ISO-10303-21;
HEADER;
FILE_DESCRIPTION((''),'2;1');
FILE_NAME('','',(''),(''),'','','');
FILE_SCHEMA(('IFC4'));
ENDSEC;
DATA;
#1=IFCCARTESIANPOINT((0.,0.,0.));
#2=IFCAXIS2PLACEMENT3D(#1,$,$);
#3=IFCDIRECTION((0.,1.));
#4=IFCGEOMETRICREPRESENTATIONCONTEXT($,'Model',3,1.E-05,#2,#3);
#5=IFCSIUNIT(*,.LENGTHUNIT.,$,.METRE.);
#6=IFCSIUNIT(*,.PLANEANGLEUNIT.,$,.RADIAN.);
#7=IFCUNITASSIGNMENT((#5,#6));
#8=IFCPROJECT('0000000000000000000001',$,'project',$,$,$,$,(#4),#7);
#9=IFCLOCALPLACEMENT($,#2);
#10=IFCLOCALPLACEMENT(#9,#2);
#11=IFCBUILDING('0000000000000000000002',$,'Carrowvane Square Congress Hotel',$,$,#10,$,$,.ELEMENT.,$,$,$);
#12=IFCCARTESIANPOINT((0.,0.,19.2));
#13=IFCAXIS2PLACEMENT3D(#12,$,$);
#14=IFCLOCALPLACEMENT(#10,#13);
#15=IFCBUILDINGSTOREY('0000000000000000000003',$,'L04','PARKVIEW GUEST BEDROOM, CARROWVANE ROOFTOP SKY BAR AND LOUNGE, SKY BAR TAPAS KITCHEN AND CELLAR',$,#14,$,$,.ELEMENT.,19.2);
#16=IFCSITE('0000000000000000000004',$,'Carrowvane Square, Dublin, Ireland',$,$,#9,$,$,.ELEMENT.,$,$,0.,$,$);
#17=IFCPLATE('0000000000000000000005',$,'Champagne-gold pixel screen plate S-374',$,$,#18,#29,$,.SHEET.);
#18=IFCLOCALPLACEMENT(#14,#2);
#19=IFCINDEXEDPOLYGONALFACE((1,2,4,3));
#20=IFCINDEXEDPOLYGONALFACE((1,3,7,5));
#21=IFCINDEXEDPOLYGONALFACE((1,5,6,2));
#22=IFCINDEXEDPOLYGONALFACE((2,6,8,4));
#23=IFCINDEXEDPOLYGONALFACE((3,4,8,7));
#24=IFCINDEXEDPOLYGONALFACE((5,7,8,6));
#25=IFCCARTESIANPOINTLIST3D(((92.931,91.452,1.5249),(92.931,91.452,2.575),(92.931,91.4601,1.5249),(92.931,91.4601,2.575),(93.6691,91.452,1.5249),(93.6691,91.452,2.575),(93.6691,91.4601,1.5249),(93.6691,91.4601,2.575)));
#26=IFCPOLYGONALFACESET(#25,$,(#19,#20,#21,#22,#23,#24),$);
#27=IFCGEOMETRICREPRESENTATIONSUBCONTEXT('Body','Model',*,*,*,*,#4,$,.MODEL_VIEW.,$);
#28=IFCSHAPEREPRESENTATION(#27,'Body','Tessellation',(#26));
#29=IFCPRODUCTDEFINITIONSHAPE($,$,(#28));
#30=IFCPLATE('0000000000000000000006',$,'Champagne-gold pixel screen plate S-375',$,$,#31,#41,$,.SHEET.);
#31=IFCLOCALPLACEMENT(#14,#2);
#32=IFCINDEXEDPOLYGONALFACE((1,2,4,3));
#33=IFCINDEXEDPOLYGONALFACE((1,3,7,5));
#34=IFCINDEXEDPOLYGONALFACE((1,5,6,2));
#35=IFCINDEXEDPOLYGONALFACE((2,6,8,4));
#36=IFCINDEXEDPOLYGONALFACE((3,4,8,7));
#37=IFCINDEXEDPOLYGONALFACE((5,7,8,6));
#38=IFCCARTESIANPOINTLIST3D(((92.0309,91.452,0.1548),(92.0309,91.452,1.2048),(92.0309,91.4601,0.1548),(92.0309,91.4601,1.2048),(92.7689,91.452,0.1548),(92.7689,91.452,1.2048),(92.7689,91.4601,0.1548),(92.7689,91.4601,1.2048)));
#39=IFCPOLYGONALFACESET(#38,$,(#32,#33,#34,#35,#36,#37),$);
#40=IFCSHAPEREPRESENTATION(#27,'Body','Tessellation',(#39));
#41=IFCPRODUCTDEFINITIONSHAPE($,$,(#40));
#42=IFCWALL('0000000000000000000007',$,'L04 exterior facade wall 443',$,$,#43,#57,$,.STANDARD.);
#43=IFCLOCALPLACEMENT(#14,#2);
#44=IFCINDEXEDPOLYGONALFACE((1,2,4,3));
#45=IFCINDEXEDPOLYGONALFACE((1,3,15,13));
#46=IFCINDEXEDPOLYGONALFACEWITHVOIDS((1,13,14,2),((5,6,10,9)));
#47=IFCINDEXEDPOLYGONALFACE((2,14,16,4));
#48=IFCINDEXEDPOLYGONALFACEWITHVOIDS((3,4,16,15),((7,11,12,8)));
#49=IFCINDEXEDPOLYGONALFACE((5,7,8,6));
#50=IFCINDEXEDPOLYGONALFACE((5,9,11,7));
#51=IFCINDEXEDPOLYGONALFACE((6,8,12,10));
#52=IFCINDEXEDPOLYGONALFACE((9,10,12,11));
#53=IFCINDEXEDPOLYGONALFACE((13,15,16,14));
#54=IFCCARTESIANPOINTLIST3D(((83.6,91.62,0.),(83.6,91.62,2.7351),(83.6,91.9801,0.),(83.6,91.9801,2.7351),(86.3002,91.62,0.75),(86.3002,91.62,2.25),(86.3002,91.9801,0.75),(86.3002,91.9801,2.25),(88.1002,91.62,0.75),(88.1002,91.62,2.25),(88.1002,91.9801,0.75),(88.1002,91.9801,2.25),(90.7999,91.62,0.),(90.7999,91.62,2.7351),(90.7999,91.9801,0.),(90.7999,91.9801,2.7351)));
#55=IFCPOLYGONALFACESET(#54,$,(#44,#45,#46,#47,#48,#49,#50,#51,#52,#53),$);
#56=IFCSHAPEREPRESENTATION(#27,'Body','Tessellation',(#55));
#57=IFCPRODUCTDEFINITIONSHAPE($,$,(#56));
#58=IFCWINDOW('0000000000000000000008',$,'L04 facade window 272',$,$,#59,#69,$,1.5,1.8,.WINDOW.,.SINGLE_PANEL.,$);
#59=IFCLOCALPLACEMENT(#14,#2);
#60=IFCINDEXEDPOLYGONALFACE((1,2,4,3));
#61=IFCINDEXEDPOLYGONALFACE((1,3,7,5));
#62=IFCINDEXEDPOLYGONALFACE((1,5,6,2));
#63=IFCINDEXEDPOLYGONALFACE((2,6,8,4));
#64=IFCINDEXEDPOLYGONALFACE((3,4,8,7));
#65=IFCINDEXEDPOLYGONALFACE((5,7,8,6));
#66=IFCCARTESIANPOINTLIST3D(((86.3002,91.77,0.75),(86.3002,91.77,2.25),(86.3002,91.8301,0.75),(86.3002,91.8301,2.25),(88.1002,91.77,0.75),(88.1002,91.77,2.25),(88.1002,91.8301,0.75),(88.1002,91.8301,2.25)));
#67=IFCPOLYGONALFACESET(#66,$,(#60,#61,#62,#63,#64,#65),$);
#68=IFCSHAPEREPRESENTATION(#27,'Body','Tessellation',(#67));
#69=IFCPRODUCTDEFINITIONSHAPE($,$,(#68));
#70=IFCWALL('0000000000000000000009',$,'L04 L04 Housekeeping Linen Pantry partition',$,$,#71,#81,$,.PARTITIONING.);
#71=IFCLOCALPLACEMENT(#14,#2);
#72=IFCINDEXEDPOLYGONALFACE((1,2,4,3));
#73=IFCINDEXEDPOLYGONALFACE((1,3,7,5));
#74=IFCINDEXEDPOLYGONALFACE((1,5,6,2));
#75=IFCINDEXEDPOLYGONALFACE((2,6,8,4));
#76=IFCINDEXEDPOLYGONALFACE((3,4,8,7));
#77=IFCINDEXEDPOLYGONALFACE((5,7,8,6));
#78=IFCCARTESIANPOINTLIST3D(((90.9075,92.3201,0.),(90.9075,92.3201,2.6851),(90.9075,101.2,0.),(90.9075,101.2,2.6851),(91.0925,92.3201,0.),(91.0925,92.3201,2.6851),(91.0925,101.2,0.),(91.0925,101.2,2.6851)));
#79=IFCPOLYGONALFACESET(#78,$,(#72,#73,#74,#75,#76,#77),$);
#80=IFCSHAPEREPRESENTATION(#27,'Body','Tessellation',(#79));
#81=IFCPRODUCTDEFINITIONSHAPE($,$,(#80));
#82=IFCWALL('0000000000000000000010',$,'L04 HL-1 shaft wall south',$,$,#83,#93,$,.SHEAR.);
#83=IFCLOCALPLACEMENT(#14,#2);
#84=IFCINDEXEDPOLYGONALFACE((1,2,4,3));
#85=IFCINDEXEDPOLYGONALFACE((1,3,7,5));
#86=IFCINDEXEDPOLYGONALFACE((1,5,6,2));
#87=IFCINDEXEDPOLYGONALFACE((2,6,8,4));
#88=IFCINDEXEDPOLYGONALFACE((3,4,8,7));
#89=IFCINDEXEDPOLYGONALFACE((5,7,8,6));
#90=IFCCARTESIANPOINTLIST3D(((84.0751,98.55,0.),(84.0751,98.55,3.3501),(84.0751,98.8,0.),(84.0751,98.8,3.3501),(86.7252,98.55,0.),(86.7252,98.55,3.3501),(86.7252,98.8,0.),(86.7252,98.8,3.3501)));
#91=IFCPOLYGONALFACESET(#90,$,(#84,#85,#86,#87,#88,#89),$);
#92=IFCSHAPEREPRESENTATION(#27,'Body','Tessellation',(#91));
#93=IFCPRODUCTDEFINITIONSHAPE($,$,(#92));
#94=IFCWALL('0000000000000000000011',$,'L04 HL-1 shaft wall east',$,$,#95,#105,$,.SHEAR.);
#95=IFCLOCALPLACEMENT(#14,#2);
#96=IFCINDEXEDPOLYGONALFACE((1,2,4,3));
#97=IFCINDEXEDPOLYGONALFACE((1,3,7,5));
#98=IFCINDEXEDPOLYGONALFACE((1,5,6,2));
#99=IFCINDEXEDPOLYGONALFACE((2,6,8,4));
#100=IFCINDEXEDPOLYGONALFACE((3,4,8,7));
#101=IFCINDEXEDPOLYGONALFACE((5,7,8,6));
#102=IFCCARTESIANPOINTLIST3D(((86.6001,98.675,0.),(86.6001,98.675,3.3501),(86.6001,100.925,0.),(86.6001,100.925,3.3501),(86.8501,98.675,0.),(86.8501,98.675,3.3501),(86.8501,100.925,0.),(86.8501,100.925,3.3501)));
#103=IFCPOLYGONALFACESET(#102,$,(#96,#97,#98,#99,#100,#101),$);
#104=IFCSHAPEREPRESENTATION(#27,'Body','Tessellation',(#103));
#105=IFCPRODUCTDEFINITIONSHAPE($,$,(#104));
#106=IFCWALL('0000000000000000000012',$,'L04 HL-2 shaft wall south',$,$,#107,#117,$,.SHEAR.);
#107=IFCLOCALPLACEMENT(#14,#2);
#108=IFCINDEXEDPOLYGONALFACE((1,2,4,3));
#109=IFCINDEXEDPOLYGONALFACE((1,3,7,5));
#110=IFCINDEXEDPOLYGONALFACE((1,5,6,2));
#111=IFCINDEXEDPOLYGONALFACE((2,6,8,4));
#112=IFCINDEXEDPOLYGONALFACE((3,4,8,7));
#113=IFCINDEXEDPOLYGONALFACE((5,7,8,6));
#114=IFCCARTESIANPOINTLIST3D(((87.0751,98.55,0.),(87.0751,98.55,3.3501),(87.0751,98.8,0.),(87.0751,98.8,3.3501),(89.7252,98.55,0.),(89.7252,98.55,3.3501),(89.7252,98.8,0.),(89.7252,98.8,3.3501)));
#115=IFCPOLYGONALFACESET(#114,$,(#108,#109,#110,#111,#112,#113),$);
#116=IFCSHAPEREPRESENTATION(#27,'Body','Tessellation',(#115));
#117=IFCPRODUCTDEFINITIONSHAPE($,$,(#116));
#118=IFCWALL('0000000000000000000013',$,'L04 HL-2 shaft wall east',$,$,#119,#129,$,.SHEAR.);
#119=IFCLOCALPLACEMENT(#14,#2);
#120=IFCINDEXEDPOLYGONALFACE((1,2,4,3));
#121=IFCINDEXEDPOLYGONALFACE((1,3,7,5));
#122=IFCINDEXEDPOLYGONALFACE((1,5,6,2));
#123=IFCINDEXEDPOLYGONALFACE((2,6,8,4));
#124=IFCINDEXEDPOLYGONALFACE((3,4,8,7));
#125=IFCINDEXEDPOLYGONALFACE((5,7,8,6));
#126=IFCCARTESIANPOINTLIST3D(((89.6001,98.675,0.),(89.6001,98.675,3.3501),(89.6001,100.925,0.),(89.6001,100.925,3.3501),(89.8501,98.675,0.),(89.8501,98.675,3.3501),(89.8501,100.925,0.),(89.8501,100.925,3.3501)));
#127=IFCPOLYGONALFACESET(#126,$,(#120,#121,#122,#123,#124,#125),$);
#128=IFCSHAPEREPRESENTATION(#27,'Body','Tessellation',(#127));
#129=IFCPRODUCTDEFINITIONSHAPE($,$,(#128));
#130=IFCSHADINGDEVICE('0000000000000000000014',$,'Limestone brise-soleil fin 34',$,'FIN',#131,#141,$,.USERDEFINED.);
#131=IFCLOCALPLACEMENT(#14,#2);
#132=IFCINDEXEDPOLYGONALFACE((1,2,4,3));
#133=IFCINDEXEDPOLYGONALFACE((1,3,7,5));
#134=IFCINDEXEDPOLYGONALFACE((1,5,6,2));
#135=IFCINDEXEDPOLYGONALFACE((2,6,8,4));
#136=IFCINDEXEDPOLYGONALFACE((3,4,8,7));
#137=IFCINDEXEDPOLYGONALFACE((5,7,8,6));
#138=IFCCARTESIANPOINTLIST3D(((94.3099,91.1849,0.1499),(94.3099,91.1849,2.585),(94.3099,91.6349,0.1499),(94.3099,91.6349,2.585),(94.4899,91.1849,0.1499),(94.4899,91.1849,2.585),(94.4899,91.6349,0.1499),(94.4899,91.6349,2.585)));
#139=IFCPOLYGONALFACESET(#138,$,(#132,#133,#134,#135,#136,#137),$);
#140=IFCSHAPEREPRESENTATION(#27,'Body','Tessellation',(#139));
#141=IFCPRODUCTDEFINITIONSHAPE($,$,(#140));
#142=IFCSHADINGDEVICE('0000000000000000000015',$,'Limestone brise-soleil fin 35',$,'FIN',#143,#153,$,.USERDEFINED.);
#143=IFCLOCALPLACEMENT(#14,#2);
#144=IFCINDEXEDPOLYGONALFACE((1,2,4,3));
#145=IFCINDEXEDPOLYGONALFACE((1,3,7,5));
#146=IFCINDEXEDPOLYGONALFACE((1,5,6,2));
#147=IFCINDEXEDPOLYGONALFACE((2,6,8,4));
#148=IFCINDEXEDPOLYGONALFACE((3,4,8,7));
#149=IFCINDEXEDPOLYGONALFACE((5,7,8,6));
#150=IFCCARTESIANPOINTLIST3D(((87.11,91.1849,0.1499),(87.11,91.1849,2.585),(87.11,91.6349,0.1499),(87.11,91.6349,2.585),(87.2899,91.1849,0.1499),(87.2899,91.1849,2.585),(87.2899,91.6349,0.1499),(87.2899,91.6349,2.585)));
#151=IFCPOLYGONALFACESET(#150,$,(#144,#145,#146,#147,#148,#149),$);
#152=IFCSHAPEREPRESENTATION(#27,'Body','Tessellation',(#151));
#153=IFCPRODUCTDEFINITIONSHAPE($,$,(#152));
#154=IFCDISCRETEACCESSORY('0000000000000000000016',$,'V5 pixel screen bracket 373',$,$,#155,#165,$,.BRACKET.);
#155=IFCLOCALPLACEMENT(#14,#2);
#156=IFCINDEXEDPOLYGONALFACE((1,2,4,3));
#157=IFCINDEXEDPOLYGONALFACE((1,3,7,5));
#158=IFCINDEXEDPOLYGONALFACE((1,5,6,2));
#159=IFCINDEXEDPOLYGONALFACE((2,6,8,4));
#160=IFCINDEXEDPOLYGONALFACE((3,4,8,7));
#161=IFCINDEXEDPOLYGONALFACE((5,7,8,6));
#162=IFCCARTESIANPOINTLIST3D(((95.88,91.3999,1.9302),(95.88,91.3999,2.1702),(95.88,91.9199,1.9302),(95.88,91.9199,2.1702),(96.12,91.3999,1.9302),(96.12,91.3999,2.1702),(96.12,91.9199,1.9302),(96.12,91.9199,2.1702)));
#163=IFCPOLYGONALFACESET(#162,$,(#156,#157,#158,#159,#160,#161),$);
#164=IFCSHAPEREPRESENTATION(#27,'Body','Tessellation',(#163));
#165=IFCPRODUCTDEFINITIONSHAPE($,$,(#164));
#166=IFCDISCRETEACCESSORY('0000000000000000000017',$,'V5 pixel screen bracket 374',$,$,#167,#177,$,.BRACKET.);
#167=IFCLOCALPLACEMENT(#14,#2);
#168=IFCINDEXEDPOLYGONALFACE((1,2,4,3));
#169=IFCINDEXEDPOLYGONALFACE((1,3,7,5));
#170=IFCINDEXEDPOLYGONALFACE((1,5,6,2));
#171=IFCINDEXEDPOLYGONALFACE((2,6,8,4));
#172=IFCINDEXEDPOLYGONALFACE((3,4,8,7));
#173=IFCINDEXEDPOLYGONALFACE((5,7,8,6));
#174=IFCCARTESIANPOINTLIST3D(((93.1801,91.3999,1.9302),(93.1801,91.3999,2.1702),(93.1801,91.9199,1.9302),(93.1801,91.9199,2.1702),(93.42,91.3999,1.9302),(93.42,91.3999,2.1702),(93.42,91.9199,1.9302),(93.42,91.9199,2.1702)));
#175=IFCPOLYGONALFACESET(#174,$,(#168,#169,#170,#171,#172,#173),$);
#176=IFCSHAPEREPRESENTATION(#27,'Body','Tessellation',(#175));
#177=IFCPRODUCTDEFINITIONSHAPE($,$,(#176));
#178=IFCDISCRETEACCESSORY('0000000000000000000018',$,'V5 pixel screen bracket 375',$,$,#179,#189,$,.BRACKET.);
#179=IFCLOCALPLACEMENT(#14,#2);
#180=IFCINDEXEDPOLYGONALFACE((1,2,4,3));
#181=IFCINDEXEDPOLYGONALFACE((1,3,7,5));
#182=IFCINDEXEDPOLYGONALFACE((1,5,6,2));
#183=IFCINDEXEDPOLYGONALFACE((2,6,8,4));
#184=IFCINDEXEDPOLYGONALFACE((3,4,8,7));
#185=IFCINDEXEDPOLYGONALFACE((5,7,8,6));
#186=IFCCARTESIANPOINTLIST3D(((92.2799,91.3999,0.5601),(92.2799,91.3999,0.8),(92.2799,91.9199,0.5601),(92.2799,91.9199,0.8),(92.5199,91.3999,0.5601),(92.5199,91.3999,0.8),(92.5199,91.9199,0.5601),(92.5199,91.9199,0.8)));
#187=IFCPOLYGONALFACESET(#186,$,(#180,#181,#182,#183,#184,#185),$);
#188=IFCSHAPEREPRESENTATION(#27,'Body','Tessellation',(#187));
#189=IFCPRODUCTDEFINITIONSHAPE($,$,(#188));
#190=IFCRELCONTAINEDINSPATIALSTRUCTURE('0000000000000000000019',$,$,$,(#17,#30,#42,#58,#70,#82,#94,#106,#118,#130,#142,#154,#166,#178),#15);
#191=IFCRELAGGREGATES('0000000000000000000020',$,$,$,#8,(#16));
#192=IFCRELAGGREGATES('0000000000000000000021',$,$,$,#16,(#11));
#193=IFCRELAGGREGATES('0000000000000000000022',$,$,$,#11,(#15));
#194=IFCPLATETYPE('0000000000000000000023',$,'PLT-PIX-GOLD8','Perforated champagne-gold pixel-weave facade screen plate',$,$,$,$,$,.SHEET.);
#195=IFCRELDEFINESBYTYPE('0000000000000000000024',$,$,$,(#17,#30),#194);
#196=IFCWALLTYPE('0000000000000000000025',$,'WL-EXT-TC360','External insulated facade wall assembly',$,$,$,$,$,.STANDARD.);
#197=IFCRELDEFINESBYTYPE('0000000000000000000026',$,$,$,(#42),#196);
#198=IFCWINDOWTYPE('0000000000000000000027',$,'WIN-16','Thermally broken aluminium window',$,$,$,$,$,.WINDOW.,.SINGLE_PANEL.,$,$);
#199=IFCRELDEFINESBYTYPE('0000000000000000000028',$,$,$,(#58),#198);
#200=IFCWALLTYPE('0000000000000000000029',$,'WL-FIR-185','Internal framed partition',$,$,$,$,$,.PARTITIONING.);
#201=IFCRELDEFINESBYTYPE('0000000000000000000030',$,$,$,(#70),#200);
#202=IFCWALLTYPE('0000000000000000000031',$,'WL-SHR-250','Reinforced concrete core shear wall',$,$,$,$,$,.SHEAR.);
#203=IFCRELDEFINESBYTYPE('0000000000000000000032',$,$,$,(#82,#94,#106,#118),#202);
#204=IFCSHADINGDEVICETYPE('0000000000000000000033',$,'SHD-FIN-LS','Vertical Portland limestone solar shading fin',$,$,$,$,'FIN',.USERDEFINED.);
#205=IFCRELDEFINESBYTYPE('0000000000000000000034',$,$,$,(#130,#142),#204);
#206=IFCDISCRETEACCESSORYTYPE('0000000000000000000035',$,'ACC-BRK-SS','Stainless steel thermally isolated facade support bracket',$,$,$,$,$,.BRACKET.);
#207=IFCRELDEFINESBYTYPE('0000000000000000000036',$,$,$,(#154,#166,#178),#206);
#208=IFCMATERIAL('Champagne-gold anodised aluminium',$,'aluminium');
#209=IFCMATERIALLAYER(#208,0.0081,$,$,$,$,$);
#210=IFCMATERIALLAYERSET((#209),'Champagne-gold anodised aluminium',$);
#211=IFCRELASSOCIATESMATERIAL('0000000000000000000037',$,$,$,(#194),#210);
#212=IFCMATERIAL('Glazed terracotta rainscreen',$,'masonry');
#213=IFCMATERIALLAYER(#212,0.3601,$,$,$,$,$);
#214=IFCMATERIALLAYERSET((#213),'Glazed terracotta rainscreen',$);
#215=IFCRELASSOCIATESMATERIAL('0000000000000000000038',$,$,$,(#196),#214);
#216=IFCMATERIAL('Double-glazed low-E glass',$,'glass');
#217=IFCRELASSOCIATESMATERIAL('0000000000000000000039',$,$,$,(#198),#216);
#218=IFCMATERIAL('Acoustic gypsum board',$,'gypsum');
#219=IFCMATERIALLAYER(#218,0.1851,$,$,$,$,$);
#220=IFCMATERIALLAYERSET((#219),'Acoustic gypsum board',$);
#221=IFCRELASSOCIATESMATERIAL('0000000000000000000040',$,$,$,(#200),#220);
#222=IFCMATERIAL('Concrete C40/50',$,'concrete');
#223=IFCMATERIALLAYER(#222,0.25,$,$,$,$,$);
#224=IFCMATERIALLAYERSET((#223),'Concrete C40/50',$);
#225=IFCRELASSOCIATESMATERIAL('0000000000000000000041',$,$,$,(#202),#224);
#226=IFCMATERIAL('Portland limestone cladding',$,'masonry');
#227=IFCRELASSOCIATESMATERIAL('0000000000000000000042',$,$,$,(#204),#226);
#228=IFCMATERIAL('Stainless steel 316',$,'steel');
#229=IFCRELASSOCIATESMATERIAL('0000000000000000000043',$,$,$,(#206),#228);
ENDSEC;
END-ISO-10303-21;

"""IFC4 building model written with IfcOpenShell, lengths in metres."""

from ifc_helpers import new_model, si_unit, direction, frame, frame_2d, origin, origin_2d, place, context, subcontext, project, spatial, rectangle, extrude, material, layer, layer_set, type_object, element, fill, save


model = new_model("IFC4")

# Units and contexts
model_context = context("Model", 3, precision=1e-05, world=origin(), true_north=direction((0.0, 1.0)))
body_context = subcontext(model_context, "Body", "Model", "MODEL_VIEW")
ifc_project = project(units=[si_unit("LENGTHUNIT", "METRE"), si_unit("PLANEANGLEUNIT", "RADIAN")], contexts=[model_context])

# Site, building, storey
site_placement = place(None, origin())
site = spatial("IfcSite", under=ifc_project, at=site_placement, Name="Carrowvane Square, Dublin, Ireland", CompositionType="ELEMENT", RefElevation=0.0)
building_placement = place(site_placement, origin())
building = spatial("IfcBuilding", under=site, at=building_placement, Name="Carrowvane Square Congress Hotel", CompositionType="ELEMENT")
storey_placement = place(building_placement, frame((0.0, 0.0, 19.2)))
storey = spatial("IfcBuildingStorey", under=building, at=storey_placement, Name="L04", Description="PARKVIEW GUEST BEDROOM, CARROWVANE ROOFTOP SKY BAR AND LOUNGE, SKY BAR TAPAS KITCHEN AND CELLAR", CompositionType="ELEMENT", Elevation=19.2)

# Plates
ifc_material_1 = material(Name="Champagne-gold anodised aluminium", Category="aluminium")
ifc_layer_1 = layer(ifc_material_1, 0.0081)
ifc_layer_set_1 = layer_set([ifc_layer_1], Name="Champagne-gold anodised aluminium")
plate_type_1 = type_object("IfcPlateType", Name="PLT-PIX-GOLD8", Description="Perforated champagne-gold pixel-weave facade screen plate", PredefinedType="SHEET", material=ifc_layer_set_1)
for number, where, z_axis, x_axis, name in (
    (1, (93.3, 91.4561, 1.5249), (0.0, 0.0, 1.0), (-1.0, 0.0, 0.0), "Champagne-gold pixel screen plate S-374"),
    (2, (92.3999, 91.4561, 0.1548), (0.0, 0.0, 1.0), (-1.0, 0.0, 0.0), "Champagne-gold pixel screen plate S-375"),
):
    element("IfcPlate", number, at=place(storey_placement, frame(where, z_axis=z_axis, x_axis=x_axis)), inside=storey, type_object=plate_type_1, Name=name, PredefinedType="SHEET", context=body_context, shape_type="SweptSolid", body=[
        extrude(rectangle(XDim=0.738, YDim=0.0081, at=origin_2d()), origin(), (0.0, 0.0, 1.0), 1.05),
    ])

# Wall, opening, window
ifc_material_2 = material(Name="Glazed terracotta rainscreen", Category="masonry")
ifc_layer_2 = layer(ifc_material_2, 0.3601)
ifc_layer_set_2 = layer_set([ifc_layer_2], Name="Glazed terracotta rainscreen")
wall_type_1 = type_object("IfcWallType", Name="WL-EXT-TC360", Description="External insulated facade wall assembly", PredefinedType="STANDARD", material=ifc_layer_set_2)
wall_1_placement = place(storey_placement, frame((90.8, 91.8, 0.0), z_axis=(0.0, 0.0, 1.0), x_axis=(-1.0, 0.0, 0.0)))
wall_1 = element("IfcWall", 3, at=wall_1_placement, inside=storey, type_object=wall_type_1, Name="L04 exterior facade wall 443", PredefinedType="STANDARD", context=body_context, shape_type="SweptSolid", body=[
    extrude(rectangle(XDim=7.2, YDim=0.3601, at=frame_2d((3.6001, 0.0))), origin(), (0.0, 0.0, 1.0), 2.7351),
])
opening_placement = place(wall_1_placement, frame((2.7, 0.0, 0.75)))
opening = element("IfcOpeningElement", 4, at=opening_placement, cuts=wall_1, PredefinedType="OPENING", context=body_context, shape_type="SweptSolid", body=[
    extrude(rectangle(XDim=1.8, YDim=1.5, at=frame_2d((0.8999, 0.75))), frame((0.0, 0.1899, 0.0), z_axis=(0.0, -1.0, 0.0), x_axis=(1.0, 0.0, 0.0)), (0.0, 0.0, 1.0), 0.3801),
])
ifc_material_3 = material(Name="Double-glazed low-E glass", Category="glass")
window_type = type_object("IfcWindowType", Name="WIN-16", Description="Thermally broken aluminium window", PartitioningType="SINGLE_PANEL", PredefinedType="WINDOW", material=ifc_material_3)
window_placement = place(opening_placement, origin())
window = element("IfcWindow", 5, at=window_placement, inside=storey, type_object=window_type, Name="L04 facade window 272", OverallHeight=1.5, OverallWidth=1.8, PartitioningType="SINGLE_PANEL", PredefinedType="WINDOW", context=body_context, shape_type="SweptSolid", body=[
    extrude(rectangle(XDim=1.8, YDim=1.5, at=frame_2d((0.8999, 0.75))), frame((0.0, 0.03, 0.0), z_axis=(0.0, -1.0, 0.0), x_axis=(1.0, 0.0, 0.0)), (0.0, 0.0, 1.0), 0.0601),
])
fill(opening, window)

# Walls
ifc_material_4 = material(Name="Acoustic gypsum board", Category="gypsum")
ifc_layer_3 = layer(ifc_material_4, 0.1851)
ifc_layer_set_3 = layer_set([ifc_layer_3], Name="Acoustic gypsum board")
wall_type_2 = type_object("IfcWallType", Name="WL-FIR-185", Description="Internal framed partition", PredefinedType="PARTITIONING", material=ifc_layer_set_3)
wall_2_placement = place(storey_placement, frame((91.0, 92.3201, 0.0), z_axis=(0.0, 0.0, 1.0), x_axis=(0.0, 1.0, 0.0)))
element("IfcWall", 6, at=wall_2_placement, inside=storey, type_object=wall_type_2, Name="L04 L04 Housekeeping Linen Pantry partition", PredefinedType="PARTITIONING", context=body_context, shape_type="SweptSolid", body=[
    extrude(rectangle(XDim=8.8799, YDim=0.1851, at=frame_2d((4.4399, 0.0))), origin(), (0.0, 0.0, 1.0), 2.6851),
])
ifc_material_5 = material(Name="Concrete C40/50", Category="concrete")
ifc_layer_4 = layer(ifc_material_5, 0.25)
ifc_layer_set_4 = layer_set([ifc_layer_4], Name="Concrete C40/50")
wall_type_3 = type_object("IfcWallType", Name="WL-SHR-250", Description="Reinforced concrete core shear wall", PredefinedType="SHEAR", material=ifc_layer_set_4)
wall_3_placement = place(storey_placement, frame((84.075, 98.675, 0.0), z_axis=(0.0, 0.0, 1.0), x_axis=(1.0, 0.0, 0.0)))
element("IfcWall", 7, at=wall_3_placement, inside=storey, type_object=wall_type_3, Name="L04 HL-1 shaft wall south", PredefinedType="SHEAR", context=body_context, shape_type="SweptSolid", body=[
    extrude(rectangle(XDim=2.6501, YDim=0.25, at=frame_2d((1.3252, 0.0))), origin(), (0.0, 0.0, 1.0), 3.3501),
])
wall_4_placement = place(storey_placement, frame((86.7251, 98.675, 0.0), z_axis=(0.0, 0.0, 1.0), x_axis=(0.0, 1.0, 0.0)))
element("IfcWall", 8, at=wall_4_placement, inside=storey, type_object=wall_type_3, Name="L04 HL-1 shaft wall east", PredefinedType="SHEAR", context=body_context, shape_type="SweptSolid", body=[
    extrude(rectangle(XDim=2.25, YDim=0.25, at=frame_2d((1.125, 0.0))), origin(), (0.0, 0.0, 1.0), 3.3501),
])
wall_5_placement = place(storey_placement, frame((87.075, 98.675, 0.0), z_axis=(0.0, 0.0, 1.0), x_axis=(1.0, 0.0, 0.0)))
element("IfcWall", 9, at=wall_5_placement, inside=storey, type_object=wall_type_3, Name="L04 HL-2 shaft wall south", PredefinedType="SHEAR", context=body_context, shape_type="SweptSolid", body=[
    extrude(rectangle(XDim=2.6501, YDim=0.25, at=frame_2d((1.3252, 0.0))), origin(), (0.0, 0.0, 1.0), 3.3501),
])
wall_6_placement = place(storey_placement, frame((89.7251, 98.675, 0.0), z_axis=(0.0, 0.0, 1.0), x_axis=(0.0, 1.0, 0.0)))
element("IfcWall", 10, at=wall_6_placement, inside=storey, type_object=wall_type_3, Name="L04 HL-2 shaft wall east", PredefinedType="SHEAR", context=body_context, shape_type="SweptSolid", body=[
    extrude(rectangle(XDim=2.25, YDim=0.25, at=frame_2d((1.125, 0.0))), origin(), (0.0, 0.0, 1.0), 3.3501),
])

# Shading devices
ifc_material_6 = material(Name="Portland limestone cladding", Category="masonry")
shading_device_type = type_object("IfcShadingDeviceType", Name="SHD-FIN-LS", Description="Vertical Portland limestone solar shading fin", ElementType="FIN", PredefinedType="USERDEFINED", material=ifc_material_6)
for number, where, z_axis, x_axis, name in (
    (11, (94.3999, 91.4099, 0.1499), (0.0, 0.0, 1.0), (-1.0, 0.0, 0.0), "Limestone brise-soleil fin 34"),
    (12, (87.2, 91.4099, 0.1499), (0.0, 0.0, 1.0), (-1.0, 0.0, 0.0), "Limestone brise-soleil fin 35"),
):
    element("IfcShadingDevice", number, at=place(storey_placement, frame(where, z_axis=z_axis, x_axis=x_axis)), inside=storey, type_object=shading_device_type, Name=name, ObjectType="FIN", PredefinedType="USERDEFINED", context=body_context, shape_type="SweptSolid", body=[
        extrude(rectangle(XDim=0.1799, YDim=0.45, at=origin_2d()), origin(), (0.0, 0.0, 1.0), 2.4351),
    ])

# Discrete accessories
ifc_material_7 = material(Name="Stainless steel 316", Category="steel")
discrete_accessory_type = type_object("IfcDiscreteAccessoryType", Name="ACC-BRK-SS", Description="Stainless steel thermally isolated facade support bracket", PredefinedType="BRACKET", material=ifc_material_7)
for number, where, z_axis, x_axis, name in (
    (13, (96.0, 91.6599, 1.9302), (0.0, 0.0, 1.0), (-1.0, 0.0, 0.0), "V5 pixel screen bracket 373"),
    (14, (93.3, 91.6599, 1.9302), (0.0, 0.0, 1.0), (-1.0, 0.0, 0.0), "V5 pixel screen bracket 374"),
    (15, (92.3999, 91.6599, 0.5601), (0.0, 0.0, 1.0), (-1.0, 0.0, 0.0), "V5 pixel screen bracket 375"),
):
    element("IfcDiscreteAccessory", number, at=place(storey_placement, frame(where, z_axis=z_axis, x_axis=x_axis)), inside=storey, type_object=discrete_accessory_type, Name=name, PredefinedType="BRACKET", context=body_context, shape_type="SweptSolid", body=[
        extrude(rectangle(XDim=0.24, YDim=0.52, at=origin_2d()), origin(), (0.0, 0.0, 1.0), 0.24),
    ])

save(model, "model.ifc")
